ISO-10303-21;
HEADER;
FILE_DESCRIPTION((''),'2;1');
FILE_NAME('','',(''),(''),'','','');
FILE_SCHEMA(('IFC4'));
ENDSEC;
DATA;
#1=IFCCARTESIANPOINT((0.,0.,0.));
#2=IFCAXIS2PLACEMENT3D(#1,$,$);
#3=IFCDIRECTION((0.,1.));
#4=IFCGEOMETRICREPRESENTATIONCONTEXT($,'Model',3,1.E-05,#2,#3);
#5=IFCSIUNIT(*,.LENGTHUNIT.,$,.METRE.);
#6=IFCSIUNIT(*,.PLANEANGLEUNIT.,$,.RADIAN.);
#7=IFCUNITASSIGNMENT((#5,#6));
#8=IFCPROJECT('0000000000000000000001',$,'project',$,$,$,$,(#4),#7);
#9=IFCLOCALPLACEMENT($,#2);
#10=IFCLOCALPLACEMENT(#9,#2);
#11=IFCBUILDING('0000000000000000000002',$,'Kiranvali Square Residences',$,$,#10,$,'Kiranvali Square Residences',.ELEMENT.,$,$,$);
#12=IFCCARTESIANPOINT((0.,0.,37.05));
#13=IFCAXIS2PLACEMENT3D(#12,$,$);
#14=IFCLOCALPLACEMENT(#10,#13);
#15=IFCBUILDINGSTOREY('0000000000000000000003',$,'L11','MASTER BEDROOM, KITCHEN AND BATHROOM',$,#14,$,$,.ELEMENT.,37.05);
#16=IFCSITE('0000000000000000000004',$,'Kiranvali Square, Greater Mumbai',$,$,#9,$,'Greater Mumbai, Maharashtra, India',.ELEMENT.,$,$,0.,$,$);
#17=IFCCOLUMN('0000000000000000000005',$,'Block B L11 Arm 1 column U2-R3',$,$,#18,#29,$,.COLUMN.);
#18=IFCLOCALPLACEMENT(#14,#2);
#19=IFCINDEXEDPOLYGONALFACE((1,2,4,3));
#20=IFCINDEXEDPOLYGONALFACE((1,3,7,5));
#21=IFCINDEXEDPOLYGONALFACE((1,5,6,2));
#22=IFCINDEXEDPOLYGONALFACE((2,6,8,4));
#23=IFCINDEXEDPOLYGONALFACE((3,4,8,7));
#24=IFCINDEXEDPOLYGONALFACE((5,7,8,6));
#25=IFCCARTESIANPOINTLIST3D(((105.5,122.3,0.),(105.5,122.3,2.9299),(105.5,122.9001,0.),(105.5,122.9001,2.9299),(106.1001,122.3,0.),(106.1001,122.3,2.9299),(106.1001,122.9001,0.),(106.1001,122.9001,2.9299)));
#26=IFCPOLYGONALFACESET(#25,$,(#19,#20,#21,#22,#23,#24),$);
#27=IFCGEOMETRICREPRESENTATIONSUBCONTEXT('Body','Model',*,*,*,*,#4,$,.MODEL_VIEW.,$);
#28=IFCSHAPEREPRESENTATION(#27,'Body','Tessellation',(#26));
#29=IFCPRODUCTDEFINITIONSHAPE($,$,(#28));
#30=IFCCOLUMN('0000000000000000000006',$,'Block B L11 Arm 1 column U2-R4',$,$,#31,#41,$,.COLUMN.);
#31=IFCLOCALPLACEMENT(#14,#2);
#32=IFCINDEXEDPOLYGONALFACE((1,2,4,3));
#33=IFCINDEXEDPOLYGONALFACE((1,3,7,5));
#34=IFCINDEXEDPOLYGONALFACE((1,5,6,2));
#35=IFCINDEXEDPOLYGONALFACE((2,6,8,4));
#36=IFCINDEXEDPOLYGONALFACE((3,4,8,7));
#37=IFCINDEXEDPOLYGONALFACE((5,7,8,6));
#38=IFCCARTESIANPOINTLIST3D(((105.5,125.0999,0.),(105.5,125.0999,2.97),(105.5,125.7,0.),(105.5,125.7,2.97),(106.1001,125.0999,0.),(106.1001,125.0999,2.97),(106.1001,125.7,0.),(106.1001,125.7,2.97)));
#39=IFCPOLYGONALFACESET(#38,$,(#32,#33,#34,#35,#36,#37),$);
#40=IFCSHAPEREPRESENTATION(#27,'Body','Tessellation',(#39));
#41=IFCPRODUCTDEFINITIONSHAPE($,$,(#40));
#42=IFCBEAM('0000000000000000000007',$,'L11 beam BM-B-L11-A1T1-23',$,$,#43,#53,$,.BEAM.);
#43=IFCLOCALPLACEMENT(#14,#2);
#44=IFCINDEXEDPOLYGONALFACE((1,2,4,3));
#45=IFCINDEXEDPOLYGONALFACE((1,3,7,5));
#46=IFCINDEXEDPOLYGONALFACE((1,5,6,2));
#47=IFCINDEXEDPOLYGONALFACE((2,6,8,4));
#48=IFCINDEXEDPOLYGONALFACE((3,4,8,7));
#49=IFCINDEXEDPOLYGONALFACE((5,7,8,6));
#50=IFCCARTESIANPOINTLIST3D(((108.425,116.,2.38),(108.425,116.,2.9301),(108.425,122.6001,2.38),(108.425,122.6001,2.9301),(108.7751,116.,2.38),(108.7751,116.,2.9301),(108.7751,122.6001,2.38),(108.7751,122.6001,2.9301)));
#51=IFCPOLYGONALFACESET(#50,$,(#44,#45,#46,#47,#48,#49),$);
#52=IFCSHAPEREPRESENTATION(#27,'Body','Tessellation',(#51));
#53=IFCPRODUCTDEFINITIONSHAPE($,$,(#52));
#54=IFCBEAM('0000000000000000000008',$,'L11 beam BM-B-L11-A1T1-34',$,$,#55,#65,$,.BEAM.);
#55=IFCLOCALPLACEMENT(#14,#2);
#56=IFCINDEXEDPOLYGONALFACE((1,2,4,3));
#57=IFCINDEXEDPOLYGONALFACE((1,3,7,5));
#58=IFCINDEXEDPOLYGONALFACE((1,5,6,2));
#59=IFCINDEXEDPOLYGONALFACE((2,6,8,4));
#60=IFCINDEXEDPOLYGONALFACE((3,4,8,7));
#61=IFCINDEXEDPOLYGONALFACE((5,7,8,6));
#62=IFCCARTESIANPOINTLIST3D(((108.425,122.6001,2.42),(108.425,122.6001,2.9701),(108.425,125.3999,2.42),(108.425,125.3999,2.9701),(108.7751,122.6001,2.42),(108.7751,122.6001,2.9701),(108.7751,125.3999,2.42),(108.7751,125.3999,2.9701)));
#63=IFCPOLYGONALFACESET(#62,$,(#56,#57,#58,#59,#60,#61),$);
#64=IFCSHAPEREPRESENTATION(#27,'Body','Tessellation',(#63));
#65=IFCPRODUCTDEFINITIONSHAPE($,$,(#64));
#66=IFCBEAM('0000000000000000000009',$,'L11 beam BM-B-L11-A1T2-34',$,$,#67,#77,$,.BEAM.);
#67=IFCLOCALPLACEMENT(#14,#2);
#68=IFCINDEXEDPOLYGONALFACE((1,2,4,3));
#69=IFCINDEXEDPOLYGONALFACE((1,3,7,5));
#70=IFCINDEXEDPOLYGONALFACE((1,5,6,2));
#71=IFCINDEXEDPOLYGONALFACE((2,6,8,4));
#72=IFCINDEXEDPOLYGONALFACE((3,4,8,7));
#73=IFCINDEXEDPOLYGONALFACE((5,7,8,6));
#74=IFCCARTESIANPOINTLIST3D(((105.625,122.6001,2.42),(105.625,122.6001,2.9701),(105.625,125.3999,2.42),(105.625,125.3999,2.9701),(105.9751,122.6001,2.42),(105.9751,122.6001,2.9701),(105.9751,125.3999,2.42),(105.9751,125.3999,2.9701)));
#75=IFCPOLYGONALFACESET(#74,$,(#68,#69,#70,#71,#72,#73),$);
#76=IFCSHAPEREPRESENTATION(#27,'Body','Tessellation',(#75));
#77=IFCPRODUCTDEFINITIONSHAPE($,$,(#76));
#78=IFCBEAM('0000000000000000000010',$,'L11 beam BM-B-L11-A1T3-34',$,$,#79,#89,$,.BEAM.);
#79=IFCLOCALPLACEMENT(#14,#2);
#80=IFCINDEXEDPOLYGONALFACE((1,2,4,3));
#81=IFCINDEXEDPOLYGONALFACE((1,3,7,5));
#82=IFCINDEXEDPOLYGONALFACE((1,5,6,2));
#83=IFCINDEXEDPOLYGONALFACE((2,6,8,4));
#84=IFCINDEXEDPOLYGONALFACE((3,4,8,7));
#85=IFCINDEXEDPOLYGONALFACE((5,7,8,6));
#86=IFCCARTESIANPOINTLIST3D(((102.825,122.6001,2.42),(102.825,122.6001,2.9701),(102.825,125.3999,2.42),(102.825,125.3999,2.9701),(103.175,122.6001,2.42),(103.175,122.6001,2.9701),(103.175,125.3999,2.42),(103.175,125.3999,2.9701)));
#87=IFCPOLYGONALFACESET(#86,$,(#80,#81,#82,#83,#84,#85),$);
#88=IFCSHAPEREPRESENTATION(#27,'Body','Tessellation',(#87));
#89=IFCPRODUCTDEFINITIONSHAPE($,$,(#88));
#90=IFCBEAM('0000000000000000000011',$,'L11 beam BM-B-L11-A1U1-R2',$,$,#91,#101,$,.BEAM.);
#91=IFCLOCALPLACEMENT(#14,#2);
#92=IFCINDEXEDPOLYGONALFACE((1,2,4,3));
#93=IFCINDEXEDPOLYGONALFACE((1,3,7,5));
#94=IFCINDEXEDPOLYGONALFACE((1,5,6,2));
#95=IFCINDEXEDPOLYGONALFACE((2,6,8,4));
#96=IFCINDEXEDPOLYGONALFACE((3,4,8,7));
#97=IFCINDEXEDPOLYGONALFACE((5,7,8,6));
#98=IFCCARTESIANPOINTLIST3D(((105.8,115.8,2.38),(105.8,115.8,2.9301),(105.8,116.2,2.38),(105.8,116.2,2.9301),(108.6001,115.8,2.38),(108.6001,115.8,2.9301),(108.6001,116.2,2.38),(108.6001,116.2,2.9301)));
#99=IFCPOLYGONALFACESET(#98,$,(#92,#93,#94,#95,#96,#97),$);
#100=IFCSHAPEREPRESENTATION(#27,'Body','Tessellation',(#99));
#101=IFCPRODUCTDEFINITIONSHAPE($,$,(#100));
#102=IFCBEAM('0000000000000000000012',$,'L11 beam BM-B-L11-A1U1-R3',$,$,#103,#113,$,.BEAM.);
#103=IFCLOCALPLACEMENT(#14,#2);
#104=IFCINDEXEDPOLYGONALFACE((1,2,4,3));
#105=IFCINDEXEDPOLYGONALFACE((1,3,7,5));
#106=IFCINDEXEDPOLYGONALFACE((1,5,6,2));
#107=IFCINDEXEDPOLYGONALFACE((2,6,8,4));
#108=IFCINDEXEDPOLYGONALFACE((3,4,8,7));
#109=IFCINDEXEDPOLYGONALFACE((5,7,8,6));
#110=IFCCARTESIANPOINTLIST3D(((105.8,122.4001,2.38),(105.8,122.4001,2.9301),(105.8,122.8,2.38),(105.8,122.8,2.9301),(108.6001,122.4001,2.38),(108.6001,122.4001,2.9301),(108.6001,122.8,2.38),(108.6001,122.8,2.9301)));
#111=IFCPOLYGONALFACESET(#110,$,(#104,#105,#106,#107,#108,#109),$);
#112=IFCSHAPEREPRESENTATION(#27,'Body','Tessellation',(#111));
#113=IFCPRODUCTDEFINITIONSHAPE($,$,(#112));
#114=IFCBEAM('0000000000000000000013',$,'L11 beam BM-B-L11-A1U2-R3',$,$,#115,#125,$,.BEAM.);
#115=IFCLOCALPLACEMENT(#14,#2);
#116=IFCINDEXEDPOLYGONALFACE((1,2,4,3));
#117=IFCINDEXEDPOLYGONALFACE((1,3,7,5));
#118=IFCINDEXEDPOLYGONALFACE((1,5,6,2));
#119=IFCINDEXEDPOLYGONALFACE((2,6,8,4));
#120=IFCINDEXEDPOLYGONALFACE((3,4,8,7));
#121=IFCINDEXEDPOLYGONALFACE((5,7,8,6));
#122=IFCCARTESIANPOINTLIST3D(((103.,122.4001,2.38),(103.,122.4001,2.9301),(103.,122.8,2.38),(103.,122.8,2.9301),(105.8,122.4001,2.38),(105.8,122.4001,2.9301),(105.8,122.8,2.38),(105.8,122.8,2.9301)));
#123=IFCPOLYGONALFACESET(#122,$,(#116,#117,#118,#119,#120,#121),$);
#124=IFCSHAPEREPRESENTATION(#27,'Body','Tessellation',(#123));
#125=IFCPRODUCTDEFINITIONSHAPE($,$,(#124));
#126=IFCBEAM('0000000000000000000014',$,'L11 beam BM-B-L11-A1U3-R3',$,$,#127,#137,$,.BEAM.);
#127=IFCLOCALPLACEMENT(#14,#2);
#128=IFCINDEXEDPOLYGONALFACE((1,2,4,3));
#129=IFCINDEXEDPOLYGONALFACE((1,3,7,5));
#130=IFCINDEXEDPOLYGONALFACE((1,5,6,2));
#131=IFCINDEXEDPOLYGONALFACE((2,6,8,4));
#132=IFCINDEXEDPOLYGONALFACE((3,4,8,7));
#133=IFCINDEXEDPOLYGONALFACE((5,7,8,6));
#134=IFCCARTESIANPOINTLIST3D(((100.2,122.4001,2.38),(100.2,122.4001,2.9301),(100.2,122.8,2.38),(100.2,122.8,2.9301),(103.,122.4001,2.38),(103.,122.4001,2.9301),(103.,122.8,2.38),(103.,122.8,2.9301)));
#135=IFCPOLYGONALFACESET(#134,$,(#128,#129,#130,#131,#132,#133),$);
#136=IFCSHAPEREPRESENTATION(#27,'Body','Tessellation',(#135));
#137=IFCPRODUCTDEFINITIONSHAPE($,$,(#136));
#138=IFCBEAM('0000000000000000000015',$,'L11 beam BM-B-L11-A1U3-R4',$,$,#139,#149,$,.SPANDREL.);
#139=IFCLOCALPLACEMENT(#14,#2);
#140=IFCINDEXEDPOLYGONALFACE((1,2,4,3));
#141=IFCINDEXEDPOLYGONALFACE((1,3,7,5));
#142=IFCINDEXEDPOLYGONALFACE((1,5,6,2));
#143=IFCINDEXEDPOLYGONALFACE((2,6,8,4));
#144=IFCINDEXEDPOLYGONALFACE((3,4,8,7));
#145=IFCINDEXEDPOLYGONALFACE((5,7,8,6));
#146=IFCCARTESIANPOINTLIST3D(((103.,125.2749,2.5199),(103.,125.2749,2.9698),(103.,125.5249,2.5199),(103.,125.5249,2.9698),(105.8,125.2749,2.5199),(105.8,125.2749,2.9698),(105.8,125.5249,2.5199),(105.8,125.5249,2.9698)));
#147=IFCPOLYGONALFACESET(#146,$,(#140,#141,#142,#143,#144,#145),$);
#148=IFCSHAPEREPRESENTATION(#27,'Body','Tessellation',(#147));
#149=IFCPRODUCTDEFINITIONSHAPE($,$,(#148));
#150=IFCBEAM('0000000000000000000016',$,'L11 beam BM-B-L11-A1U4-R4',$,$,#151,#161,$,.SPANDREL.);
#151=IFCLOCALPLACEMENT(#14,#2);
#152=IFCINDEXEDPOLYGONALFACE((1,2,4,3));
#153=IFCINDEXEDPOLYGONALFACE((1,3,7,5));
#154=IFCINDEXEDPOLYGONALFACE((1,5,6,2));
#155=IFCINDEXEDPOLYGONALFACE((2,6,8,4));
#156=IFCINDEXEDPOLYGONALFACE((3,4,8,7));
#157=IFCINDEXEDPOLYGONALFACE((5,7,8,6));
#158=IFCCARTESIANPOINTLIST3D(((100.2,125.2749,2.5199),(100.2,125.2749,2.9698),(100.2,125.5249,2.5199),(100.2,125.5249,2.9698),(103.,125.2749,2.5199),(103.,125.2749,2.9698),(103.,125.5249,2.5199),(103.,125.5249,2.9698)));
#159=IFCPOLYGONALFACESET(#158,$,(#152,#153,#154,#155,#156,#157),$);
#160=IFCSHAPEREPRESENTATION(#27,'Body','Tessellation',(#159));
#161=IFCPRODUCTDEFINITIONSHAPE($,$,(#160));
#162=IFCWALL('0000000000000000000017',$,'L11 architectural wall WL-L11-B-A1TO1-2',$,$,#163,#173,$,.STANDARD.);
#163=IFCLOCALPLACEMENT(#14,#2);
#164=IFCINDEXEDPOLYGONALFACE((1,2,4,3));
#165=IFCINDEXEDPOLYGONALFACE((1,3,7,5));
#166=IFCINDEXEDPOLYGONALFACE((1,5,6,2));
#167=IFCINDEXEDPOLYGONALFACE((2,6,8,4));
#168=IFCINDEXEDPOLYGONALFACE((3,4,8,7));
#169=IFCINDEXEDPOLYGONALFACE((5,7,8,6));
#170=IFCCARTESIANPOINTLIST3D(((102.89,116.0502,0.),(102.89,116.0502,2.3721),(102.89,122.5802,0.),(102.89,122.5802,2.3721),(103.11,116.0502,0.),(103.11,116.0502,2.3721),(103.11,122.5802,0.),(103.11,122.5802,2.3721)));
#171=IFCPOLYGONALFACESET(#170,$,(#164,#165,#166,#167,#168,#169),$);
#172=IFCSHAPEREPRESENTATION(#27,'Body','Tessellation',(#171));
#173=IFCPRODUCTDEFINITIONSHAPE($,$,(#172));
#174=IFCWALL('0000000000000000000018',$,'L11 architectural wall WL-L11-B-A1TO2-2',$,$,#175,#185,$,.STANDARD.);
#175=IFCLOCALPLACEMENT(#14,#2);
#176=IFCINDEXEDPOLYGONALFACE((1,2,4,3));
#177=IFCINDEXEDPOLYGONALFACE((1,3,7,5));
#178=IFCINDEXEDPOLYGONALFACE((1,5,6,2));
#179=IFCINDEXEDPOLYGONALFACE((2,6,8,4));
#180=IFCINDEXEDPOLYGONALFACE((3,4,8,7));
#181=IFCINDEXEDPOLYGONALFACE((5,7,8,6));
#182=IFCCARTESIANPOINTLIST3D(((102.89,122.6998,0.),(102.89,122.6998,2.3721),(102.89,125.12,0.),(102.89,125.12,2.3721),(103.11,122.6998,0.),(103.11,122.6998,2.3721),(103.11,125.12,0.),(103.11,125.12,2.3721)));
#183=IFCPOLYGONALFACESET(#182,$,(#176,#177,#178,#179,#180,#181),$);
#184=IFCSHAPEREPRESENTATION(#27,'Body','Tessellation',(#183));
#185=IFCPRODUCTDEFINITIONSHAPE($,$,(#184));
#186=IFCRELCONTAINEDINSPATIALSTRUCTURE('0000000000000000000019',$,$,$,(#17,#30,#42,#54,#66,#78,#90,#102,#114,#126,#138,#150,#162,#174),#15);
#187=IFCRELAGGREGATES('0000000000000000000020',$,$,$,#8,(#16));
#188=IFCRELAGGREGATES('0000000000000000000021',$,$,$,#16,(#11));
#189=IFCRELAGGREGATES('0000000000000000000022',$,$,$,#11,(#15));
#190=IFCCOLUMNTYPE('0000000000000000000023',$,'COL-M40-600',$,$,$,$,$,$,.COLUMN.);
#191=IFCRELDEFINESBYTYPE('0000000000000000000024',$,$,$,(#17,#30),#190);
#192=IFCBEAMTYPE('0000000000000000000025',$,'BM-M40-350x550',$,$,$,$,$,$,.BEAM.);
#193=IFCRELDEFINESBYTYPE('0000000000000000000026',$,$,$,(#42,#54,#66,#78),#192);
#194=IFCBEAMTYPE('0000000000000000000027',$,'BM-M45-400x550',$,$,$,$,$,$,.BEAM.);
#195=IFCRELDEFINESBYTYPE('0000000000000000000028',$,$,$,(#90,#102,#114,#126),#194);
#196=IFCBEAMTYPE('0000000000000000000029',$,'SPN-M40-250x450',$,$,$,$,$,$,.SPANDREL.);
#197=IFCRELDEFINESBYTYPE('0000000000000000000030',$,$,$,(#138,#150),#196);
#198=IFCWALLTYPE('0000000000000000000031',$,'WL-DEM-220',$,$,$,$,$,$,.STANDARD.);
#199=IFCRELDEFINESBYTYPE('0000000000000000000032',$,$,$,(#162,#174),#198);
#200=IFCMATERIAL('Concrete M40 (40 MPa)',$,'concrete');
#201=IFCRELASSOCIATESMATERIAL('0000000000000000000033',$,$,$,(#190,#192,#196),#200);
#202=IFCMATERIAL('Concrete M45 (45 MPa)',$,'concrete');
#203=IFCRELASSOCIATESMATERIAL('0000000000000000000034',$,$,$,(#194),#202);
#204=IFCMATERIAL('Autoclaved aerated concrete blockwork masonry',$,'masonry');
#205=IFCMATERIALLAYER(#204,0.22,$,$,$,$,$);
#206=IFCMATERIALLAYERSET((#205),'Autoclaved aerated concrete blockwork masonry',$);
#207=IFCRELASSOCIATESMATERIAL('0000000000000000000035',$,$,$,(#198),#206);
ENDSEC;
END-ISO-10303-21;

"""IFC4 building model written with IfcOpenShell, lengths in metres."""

from ifc_helpers import new_model, si_unit, direction, frame, frame_2d, origin, origin_2d, place, context, subcontext, project, spatial, rectangle, extrude, material, layer, layer_set, material_profile, profile_set, type_object, element, save


model = new_model("IFC4")

# Units and contexts
model_context = context("Model", 3, precision=1e-05, world=origin(), true_north=direction((0.0, 1.0)))
body_context = subcontext(model_context, "Body", "Model", "MODEL_VIEW")
ifc_project = project(units=[si_unit("LENGTHUNIT", "METRE"), si_unit("PLANEANGLEUNIT", "RADIAN")], contexts=[model_context])

# Site, building, storey
site_placement = place(None, origin())
site = spatial("IfcSite", under=ifc_project, at=site_placement, Name="Kiranvali Square, Greater Mumbai", LongName="Greater Mumbai, Maharashtra, India", CompositionType="ELEMENT", RefElevation=0.0)
building_placement = place(site_placement, origin())
building = spatial("IfcBuilding", under=site, at=building_placement, Name="Kiranvali Square Residences", LongName="Kiranvali Square Residences", CompositionType="ELEMENT")
storey_placement = place(building_placement, frame((0.0, 0.0, 37.05)))
storey = spatial("IfcBuildingStorey", under=building, at=storey_placement, Name="L11", Description="MASTER BEDROOM, KITCHEN AND BATHROOM", CompositionType="ELEMENT", Elevation=37.05)

# Columns
ifc_material_1 = material(Name="Concrete M40 (40 MPa)", Category="concrete")
ifc_material_profile_1 = material_profile(ifc_material_1, rectangle(XDim=0.6001, YDim=0.6001, at=origin_2d()), Name="RC 600x600")
ifc_profile_set_1 = profile_set([ifc_material_profile_1], Name="Concrete M40 (40 MPa)")
column_type = type_object("IfcColumnType", Name="COL-M40-600", PredefinedType="COLUMN", material=ifc_profile_set_1)
column_1_placement = place(storey_placement, frame((105.8, 122.6001, 0.0), z_axis=(0.0, 0.0, 1.0), x_axis=(1.0, 0.0, 0.0)))
element("IfcColumn", 1, at=column_1_placement, inside=storey, type_object=column_type, Name="Block B L11 Arm 1 column U2-R3", PredefinedType="COLUMN", context=body_context, shape_type="SweptSolid", body=[
    extrude(rectangle(XDim=0.6001, YDim=0.6001, at=origin_2d()), origin(), (0.0, 0.0, 1.0), 2.9299),
])
column_2_placement = place(storey_placement, frame((105.8, 125.3999, 0.0), z_axis=(0.0, 0.0, 1.0), x_axis=(1.0, 0.0, 0.0)))
element("IfcColumn", 2, at=column_2_placement, inside=storey, type_object=column_type, Name="Block B L11 Arm 1 column U2-R4", PredefinedType="COLUMN", context=body_context, shape_type="SweptSolid", body=[
    extrude(rectangle(XDim=0.6001, YDim=0.6001, at=origin_2d()), origin(), (0.0, 0.0, 1.0), 2.97),
])

# Beams
ifc_material_profile_2 = material_profile(ifc_material_1, rectangle(XDim=0.3501, YDim=0.55, at=origin_2d()), Name="RC 350x550")
ifc_profile_set_2 = profile_set([ifc_material_profile_2], Name="Concrete M40 (40 MPa)")
beam_type_1 = type_object("IfcBeamType", Name="BM-M40-350x550", PredefinedType="BEAM", material=ifc_profile_set_2)
beam_placement = place(storey_placement, frame((108.6001, 116.0, 2.655), z_axis=(0.0, 1.0, 0.0), x_axis=(-1.0, 0.0, 0.0)))
element("IfcBeam", 3, at=beam_placement, inside=storey, type_object=beam_type_1, Name="L11 beam BM-B-L11-A1T1-23", PredefinedType="BEAM", context=body_context, shape_type="SweptSolid", body=[
    extrude(rectangle(XDim=0.3501, YDim=0.55, at=origin_2d()), origin(), (0.0, 0.0, 1.0), 6.6001),
])
for number, where, z_axis, x_axis, name in (
    (4, (108.6001, 122.6001, 2.6951), (0.0, 1.0, 0.0), (-1.0, 0.0, 0.0), "L11 beam BM-B-L11-A1T1-34"),
    (5, (105.8, 122.6001, 2.6951), (0.0, 1.0, 0.0), (-1.0, 0.0, 0.0), "L11 beam BM-B-L11-A1T2-34"),
    (6, (103.0, 122.6001, 2.6951), (0.0, 1.0, 0.0), (-1.0, 0.0, 0.0), "L11 beam BM-B-L11-A1T3-34"),
):
    element("IfcBeam", number, at=place(storey_placement, frame(where, z_axis=z_axis, x_axis=x_axis)), inside=storey, type_object=beam_type_1, Name=name, PredefinedType="BEAM", context=body_context, shape_type="SweptSolid", body=[
        extrude(rectangle(XDim=0.3501, YDim=0.55, at=origin_2d()), origin(), (0.0, 0.0, 1.0), 2.7998),
    ])
ifc_material_2 = material(Name="Concrete M45 (45 MPa)", Category="concrete")
ifc_material_profile_3 = material_profile(ifc_material_2, rectangle(XDim=0.3999, YDim=0.55, at=origin_2d()), Name="RC 400x550")
ifc_profile_set_3 = profile_set([ifc_material_profile_3], Name="Concrete M45 (45 MPa)")
beam_type_2 = type_object("IfcBeamType", Name="BM-M45-400x550", PredefinedType="BEAM", material=ifc_profile_set_3)
for number, where, z_axis, x_axis, name in (
    (7, (108.6001, 116.0, 2.655), (-1.0, 0.0, 0.0), (0.0, -1.0, 0.0), "L11 beam BM-B-L11-A1U1-R2"),
    (8, (108.6001, 122.6001, 2.655), (-1.0, 0.0, 0.0), (0.0, -1.0, 0.0), "L11 beam BM-B-L11-A1U1-R3"),
    (9, (105.8, 122.6001, 2.655), (-1.0, 0.0, 0.0), (0.0, -1.0, 0.0), "L11 beam BM-B-L11-A1U2-R3"),
    (10, (103.0, 122.6001, 2.655), (-1.0, 0.0, 0.0), (0.0, -1.0, 0.0), "L11 beam BM-B-L11-A1U3-R3"),
):
    element("IfcBeam", number, at=place(storey_placement, frame(where, z_axis=z_axis, x_axis=x_axis)), inside=storey, type_object=beam_type_2, Name=name, PredefinedType="BEAM", context=body_context, shape_type="SweptSolid", body=[
        extrude(rectangle(XDim=0.3999, YDim=0.55, at=origin_2d()), origin(), (0.0, 0.0, 1.0), 2.8),
    ])
ifc_material_profile_4 = material_profile(ifc_material_1, rectangle(XDim=0.25, YDim=0.45, at=origin_2d()), Name="RC 250x450")
ifc_profile_set_4 = profile_set([ifc_material_profile_4], Name="Concrete M40 (40 MPa)")
beam_type_3 = type_object("IfcBeamType", Name="SPN-M40-250x450", PredefinedType="SPANDREL", material=ifc_profile_set_4)
for number, where, z_axis, x_axis, name in (
    (11, (105.8, 125.3999, 2.7449), (-1.0, 0.0, 0.0), (0.0, -1.0, 0.0), "L11 beam BM-B-L11-A1U3-R4"),
    (12, (103.0, 125.3999, 2.7449), (-1.0, 0.0, 0.0), (0.0, -1.0, 0.0), "L11 beam BM-B-L11-A1U4-R4"),
):
    element("IfcBeam", number, at=place(storey_placement, frame(where, z_axis=z_axis, x_axis=x_axis)), inside=storey, type_object=beam_type_3, Name=name, PredefinedType="SPANDREL", context=body_context, shape_type="SweptSolid", body=[
        extrude(rectangle(XDim=0.25, YDim=0.45, at=origin_2d()), origin(), (0.0, 0.0, 1.0), 2.8),
    ])

# Shared definitions
ifc_material_3 = material(Name="Autoclaved aerated concrete blockwork masonry", Category="masonry")

# Walls
ifc_layer_1 = layer(ifc_material_3, 0.22)
ifc_layer_set_1 = layer_set([ifc_layer_1], Name="Autoclaved aerated concrete blockwork masonry")
wall_type_1 = type_object("IfcWallType", Name="WL-DEM-220", PredefinedType="STANDARD", material=ifc_layer_set_1)
wall_1_placement = place(storey_placement, frame((103.0, 116.05, 0.0), z_axis=(0.0, 0.0, 1.0), x_axis=(0.0, 1.0, 0.0)))
element("IfcWall", 13, at=wall_1_placement, inside=storey, type_object=wall_type_1, Name="L11 architectural wall WL-L11-B-A1TO1-2", PredefinedType="STANDARD", context=body_context, shape_type="SweptSolid", body=[
    extrude(rectangle(XDim=6.53, YDim=0.22, at=frame_2d((3.2651, 0.0))), origin(), (0.0, 0.0, 1.0), 2.3721),
])
wall_2_placement = place(storey_placement, frame((103.0, 122.7, 0.0), z_axis=(0.0, 0.0, 1.0), x_axis=(0.0, 1.0, 0.0)))
element("IfcWall", 14, at=wall_2_placement, inside=storey, type_object=wall_type_1, Name="L11 architectural wall WL-L11-B-A1TO2-2", PredefinedType="STANDARD", context=body_context, shape_type="SweptSolid", body=[
    extrude(rectangle(XDim=2.4202, YDim=0.22, at=frame_2d((1.21, 0.0))), origin(), (0.0, 0.0, 1.0), 2.3721),
])

save(model, "model.ifc")
